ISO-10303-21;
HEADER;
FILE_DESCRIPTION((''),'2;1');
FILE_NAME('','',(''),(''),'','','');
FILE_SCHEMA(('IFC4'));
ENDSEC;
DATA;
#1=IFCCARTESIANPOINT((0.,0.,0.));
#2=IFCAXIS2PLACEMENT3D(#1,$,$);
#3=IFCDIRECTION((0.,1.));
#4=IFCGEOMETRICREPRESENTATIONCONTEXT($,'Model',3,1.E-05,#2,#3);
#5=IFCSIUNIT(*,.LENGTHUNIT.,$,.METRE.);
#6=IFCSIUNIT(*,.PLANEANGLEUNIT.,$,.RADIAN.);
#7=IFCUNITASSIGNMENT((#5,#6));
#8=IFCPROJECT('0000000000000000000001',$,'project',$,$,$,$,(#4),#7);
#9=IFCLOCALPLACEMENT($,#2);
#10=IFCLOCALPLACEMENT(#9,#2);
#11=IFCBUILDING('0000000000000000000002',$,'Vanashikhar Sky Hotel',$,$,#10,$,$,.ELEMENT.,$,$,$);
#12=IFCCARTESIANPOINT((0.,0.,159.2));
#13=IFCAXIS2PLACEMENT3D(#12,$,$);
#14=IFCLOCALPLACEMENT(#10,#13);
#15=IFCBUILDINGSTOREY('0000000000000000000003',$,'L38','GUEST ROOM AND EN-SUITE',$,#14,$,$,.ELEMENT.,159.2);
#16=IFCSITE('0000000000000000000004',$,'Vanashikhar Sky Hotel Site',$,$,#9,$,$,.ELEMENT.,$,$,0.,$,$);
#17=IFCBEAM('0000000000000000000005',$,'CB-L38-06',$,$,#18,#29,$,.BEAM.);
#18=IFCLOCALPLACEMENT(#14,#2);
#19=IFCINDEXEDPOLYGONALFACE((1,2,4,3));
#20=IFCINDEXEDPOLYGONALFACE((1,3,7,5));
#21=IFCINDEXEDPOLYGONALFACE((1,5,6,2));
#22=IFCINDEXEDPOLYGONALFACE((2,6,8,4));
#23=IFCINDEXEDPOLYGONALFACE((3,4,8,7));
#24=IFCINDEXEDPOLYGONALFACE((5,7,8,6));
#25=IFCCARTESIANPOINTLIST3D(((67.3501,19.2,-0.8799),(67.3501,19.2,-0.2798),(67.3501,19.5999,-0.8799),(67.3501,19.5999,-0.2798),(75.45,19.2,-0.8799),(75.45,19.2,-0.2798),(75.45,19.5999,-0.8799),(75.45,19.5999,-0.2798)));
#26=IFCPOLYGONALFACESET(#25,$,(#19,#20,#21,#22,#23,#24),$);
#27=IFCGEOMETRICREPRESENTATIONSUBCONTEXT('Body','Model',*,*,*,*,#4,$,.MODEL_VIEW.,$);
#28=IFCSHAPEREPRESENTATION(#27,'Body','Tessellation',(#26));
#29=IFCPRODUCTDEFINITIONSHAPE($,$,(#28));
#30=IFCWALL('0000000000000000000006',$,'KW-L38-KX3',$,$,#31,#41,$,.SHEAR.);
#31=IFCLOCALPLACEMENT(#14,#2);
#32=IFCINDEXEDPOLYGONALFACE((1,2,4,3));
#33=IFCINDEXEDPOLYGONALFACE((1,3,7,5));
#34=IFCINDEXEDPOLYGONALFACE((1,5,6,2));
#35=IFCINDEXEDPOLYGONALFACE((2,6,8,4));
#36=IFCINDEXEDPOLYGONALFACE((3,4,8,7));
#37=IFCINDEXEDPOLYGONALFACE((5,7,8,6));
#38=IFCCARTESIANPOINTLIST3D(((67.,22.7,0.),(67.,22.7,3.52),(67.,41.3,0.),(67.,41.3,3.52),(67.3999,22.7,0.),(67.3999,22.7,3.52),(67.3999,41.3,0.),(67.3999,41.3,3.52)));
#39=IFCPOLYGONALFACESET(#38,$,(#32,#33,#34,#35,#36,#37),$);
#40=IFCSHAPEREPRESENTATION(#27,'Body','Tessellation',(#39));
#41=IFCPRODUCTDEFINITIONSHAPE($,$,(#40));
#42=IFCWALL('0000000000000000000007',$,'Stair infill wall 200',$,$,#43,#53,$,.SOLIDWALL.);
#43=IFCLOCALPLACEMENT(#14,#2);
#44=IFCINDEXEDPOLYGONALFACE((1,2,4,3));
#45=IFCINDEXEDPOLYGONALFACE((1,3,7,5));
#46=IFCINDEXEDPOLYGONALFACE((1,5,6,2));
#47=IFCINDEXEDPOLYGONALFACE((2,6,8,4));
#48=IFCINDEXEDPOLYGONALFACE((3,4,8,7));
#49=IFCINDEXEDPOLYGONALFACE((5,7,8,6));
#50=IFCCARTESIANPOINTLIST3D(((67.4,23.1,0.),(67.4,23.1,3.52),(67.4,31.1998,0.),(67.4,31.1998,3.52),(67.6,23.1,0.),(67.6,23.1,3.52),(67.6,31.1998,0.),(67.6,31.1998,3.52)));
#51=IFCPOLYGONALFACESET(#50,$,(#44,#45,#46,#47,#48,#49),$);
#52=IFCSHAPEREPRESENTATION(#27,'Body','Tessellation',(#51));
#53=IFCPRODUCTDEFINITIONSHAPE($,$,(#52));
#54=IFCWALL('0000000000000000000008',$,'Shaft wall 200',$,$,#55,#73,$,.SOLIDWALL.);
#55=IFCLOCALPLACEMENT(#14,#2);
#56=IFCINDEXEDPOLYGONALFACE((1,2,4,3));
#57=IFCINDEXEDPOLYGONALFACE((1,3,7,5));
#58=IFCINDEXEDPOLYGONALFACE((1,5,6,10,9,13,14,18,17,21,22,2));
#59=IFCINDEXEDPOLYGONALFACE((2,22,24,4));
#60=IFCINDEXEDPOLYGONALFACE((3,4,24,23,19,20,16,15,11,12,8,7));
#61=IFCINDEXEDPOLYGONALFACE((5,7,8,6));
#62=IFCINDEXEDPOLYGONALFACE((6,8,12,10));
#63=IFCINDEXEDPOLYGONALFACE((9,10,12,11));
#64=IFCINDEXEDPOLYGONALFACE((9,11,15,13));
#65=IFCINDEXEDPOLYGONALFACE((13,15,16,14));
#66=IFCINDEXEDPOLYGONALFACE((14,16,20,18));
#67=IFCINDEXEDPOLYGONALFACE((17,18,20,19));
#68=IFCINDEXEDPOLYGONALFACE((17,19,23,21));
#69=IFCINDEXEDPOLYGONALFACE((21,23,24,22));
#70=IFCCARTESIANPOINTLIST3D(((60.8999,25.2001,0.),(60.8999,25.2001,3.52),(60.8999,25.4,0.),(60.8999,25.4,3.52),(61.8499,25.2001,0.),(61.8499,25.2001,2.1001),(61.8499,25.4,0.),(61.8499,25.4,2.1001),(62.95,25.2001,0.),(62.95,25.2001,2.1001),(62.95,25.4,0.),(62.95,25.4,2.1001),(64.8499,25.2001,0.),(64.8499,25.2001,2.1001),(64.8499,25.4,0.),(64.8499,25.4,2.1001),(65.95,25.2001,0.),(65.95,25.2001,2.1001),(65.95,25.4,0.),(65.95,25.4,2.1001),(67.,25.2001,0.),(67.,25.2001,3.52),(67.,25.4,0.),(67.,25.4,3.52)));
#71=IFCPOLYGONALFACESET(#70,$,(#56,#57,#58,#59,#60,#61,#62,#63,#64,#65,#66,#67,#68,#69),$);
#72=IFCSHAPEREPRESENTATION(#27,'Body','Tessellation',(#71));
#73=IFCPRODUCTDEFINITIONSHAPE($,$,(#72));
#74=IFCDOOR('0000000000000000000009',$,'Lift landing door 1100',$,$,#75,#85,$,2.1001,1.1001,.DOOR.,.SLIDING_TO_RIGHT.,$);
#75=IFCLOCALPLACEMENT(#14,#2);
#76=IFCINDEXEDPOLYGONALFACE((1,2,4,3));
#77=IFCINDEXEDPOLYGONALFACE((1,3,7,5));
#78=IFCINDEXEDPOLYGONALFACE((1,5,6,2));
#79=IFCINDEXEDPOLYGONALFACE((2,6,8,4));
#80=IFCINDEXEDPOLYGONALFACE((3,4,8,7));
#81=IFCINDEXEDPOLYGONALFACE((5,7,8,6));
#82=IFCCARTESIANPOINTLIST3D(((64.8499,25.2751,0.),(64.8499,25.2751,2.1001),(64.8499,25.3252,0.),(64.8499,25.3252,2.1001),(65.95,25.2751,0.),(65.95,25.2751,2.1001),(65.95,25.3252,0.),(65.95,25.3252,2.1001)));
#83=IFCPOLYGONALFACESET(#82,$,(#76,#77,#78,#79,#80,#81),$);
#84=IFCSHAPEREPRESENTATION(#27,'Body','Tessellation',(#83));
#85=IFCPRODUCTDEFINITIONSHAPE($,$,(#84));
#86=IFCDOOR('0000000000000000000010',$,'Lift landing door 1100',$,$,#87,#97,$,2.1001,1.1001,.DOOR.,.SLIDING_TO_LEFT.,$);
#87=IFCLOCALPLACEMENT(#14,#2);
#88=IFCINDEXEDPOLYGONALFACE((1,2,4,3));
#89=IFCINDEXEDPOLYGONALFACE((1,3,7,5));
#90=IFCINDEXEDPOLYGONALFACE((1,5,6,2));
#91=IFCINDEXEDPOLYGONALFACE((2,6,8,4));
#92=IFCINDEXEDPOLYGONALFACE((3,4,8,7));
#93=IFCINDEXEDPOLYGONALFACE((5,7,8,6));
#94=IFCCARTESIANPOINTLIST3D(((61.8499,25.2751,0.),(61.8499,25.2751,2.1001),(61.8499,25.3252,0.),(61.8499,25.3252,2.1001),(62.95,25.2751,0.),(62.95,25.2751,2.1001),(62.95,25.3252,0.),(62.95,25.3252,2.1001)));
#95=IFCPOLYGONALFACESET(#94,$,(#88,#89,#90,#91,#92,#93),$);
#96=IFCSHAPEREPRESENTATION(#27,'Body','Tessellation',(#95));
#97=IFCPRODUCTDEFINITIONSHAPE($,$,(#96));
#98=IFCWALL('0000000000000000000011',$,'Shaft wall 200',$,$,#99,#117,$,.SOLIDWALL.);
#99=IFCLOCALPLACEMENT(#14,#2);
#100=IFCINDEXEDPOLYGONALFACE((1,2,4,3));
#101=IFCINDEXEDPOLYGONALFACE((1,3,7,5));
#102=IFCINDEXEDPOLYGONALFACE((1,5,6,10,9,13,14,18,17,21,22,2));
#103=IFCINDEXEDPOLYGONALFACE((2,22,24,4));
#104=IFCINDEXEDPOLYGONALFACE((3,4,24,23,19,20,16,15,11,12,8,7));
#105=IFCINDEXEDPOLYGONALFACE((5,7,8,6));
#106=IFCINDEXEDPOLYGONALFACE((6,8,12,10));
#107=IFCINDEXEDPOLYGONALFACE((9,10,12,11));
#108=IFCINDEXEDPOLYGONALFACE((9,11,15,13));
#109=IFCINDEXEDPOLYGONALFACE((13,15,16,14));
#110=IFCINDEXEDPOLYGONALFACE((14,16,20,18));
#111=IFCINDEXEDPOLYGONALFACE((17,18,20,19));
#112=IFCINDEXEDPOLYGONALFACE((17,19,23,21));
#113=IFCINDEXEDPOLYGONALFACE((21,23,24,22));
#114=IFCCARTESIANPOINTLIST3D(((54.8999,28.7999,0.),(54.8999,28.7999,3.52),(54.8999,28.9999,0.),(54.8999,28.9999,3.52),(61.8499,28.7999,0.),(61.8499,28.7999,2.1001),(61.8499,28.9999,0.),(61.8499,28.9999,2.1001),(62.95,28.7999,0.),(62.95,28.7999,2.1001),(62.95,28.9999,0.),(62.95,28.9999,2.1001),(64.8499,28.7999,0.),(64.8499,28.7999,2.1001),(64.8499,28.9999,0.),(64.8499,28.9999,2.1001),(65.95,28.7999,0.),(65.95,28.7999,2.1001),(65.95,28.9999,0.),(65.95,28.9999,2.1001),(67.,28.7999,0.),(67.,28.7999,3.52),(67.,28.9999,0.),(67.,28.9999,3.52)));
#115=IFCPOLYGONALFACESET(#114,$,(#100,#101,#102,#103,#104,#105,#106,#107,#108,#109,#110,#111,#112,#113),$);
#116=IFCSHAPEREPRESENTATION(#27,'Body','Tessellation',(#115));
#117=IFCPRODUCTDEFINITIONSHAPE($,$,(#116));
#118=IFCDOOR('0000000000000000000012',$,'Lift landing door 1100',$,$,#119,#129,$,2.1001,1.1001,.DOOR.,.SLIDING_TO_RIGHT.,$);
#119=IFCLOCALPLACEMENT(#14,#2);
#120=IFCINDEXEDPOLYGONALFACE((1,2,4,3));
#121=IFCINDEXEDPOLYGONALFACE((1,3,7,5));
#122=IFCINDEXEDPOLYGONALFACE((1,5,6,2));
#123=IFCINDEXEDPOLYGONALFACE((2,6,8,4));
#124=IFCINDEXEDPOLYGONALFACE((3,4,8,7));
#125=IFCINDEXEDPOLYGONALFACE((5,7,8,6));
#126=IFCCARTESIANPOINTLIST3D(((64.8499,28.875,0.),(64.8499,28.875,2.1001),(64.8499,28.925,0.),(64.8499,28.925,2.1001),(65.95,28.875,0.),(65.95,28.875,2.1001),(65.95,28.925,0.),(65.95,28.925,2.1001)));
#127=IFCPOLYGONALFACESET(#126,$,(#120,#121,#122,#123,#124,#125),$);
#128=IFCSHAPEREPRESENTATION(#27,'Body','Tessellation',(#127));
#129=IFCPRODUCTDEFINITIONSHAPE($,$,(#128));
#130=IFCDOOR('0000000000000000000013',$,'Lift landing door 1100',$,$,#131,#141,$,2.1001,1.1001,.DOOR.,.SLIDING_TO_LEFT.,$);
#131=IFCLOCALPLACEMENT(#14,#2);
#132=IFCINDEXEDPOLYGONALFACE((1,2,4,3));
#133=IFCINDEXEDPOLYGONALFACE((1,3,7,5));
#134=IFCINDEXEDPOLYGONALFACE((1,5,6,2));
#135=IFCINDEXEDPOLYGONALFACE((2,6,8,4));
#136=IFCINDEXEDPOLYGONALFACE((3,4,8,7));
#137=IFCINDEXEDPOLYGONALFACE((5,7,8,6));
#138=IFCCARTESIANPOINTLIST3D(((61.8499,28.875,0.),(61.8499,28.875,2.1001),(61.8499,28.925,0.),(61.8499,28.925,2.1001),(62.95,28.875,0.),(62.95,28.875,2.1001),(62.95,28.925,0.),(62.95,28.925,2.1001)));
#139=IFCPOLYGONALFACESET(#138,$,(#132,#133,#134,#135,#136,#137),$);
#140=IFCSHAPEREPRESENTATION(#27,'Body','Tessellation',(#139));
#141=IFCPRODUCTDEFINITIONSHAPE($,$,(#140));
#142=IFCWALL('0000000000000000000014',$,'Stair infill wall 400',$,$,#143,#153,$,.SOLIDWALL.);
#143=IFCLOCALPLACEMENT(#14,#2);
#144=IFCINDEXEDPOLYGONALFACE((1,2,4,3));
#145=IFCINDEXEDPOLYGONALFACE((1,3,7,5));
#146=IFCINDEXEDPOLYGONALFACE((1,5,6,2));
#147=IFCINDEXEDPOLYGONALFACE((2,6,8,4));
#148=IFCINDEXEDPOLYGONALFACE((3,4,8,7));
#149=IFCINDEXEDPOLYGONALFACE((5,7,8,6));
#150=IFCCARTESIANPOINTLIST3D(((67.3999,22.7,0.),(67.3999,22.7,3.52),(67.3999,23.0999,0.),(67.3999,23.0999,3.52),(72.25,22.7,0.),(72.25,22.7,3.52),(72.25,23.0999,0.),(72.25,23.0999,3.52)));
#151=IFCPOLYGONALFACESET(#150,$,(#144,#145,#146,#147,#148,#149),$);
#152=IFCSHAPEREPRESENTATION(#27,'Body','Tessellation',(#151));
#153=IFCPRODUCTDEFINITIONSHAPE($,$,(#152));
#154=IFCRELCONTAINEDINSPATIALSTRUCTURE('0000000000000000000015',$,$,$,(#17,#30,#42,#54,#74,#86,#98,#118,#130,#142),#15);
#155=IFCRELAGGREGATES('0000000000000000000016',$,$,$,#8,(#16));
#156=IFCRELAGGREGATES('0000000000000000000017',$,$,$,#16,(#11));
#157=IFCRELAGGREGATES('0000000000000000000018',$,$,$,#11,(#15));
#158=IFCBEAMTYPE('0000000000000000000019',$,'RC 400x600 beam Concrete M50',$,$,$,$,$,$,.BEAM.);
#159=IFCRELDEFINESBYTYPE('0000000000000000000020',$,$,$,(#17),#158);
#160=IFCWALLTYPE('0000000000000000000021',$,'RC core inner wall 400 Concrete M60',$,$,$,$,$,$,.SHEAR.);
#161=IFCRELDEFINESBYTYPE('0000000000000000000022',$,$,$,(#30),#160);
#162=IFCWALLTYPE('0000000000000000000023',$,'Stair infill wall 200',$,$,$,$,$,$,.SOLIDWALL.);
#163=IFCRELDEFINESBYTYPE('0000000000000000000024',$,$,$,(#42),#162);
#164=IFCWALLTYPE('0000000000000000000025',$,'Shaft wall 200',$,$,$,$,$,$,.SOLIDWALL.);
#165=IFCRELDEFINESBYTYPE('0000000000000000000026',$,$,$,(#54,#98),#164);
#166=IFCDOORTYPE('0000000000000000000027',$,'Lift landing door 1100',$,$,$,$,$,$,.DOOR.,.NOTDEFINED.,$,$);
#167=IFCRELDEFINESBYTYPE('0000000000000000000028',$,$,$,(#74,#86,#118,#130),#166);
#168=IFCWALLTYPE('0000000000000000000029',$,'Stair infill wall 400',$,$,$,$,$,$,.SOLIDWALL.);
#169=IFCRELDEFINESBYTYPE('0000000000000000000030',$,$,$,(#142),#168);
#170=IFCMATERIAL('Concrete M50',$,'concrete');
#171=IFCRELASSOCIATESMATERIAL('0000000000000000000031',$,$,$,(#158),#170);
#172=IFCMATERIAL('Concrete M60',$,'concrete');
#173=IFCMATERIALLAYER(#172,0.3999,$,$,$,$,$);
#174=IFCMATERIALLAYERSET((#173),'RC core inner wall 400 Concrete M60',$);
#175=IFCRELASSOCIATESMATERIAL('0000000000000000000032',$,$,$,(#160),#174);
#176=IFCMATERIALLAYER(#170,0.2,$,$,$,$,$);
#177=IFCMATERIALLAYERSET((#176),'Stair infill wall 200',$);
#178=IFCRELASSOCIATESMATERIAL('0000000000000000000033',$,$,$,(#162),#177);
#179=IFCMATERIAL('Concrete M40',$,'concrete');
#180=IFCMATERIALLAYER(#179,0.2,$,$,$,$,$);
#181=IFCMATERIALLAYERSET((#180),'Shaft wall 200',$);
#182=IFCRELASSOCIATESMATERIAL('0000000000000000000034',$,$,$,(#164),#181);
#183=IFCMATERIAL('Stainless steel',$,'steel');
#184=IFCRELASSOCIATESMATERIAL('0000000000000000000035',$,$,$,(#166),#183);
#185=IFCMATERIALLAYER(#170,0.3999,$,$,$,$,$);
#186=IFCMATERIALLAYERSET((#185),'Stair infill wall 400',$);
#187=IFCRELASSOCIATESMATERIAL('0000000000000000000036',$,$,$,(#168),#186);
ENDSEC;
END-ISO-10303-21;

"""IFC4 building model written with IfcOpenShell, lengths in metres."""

from ifc_helpers import new_model, si_unit, direction, frame, frame_2d, origin, origin_2d, place, context, subcontext, project, spatial, rectangle, extrude, source, transform, mapped, material, layer, layer_set, material_profile, profile_set, type_object, element, fill, save


model = new_model("IFC4")

# Units and contexts
model_context = context("Model", 3, precision=1e-05, world=origin(), true_north=direction((0.0, 1.0)))
body_context = subcontext(model_context, "Body", "Model", "MODEL_VIEW")
ifc_project = project(units=[si_unit("LENGTHUNIT", "METRE"), si_unit("PLANEANGLEUNIT", "RADIAN")], contexts=[model_context])

# Site, building, storey
site_placement = place(None, origin())
site = spatial("IfcSite", under=ifc_project, at=site_placement, Name="Vanashikhar Sky Hotel Site", CompositionType="ELEMENT", RefElevation=0.0)
building_placement = place(site_placement, origin())
building = spatial("IfcBuilding", under=site, at=building_placement, Name="Vanashikhar Sky Hotel", CompositionType="ELEMENT")
storey_placement = place(building_placement, frame((0.0, 0.0, 159.2)))
storey = spatial("IfcBuildingStorey", under=building, at=storey_placement, Name="L38", Description="GUEST ROOM AND EN-SUITE", CompositionType="ELEMENT", Elevation=159.2)

# Beam
ifc_material_1 = material(Name="Concrete M50", Category="concrete")
ifc_material_profile = material_profile(ifc_material_1, rectangle(XDim=0.3999, YDim=0.6001, at=origin_2d()))
ifc_profile_set = profile_set([ifc_material_profile], Name="RC 400x600 beam Concrete M50")
beam_type = type_object("IfcBeamType", Name="RC 400x600 beam Concrete M50", PredefinedType="BEAM", material=ifc_profile_set)
shared_shape_1 = source(origin(), body_context, "Body", "SweptSolid", [
    extrude(rectangle(XDim=0.3999, YDim=0.6001, at=origin_2d()), origin(), (0.0, 0.0, 1.0), 8.0999),
])
beam_placement = place(storey_placement, frame((67.3501, 19.3999, -0.5798), z_axis=(1.0, 0.0, 0.0), x_axis=(0.0, 1.0, 0.0)))
element("IfcBeam", 1, at=beam_placement, inside=storey, type_object=beam_type, Name="CB-L38-06", PredefinedType="BEAM", context=body_context, shape_type="MappedRepresentation", body=[
    mapped(shared_shape_1, transform((0.0, 0.0, 0.0), scale=1.0)),
])

# Walls
ifc_material_2 = material(Name="Concrete M60", Category="concrete")
ifc_layer_1 = layer(ifc_material_2, 0.3999)
ifc_layer_set_1 = layer_set([ifc_layer_1], Name="RC core inner wall 400 Concrete M60")
wall_type_1 = type_object("IfcWallType", Name="RC core inner wall 400 Concrete M60", PredefinedType="SHEAR", material=ifc_layer_set_1)
shared_shape_2 = source(origin(), body_context, "Body", "SweptSolid", [
    extrude(rectangle(XDim=18.6001, YDim=0.3999, at=frame_2d((9.3, 0.0))), origin(), (0.0, 0.0, 1.0), 3.52),
])
wall_1_placement = place(storey_placement, frame((67.2, 22.7, 0.0), z_axis=(0.0, 0.0, 1.0), x_axis=(0.0, 1.0, 0.0)))
element("IfcWall", 2, at=wall_1_placement, inside=storey, type_object=wall_type_1, Name="KW-L38-KX3", PredefinedType="SHEAR", context=body_context, shape_type="MappedRepresentation", body=[
    mapped(shared_shape_2, transform((0.0, 0.0, 0.0), scale=1.0)),
])
ifc_layer_2 = layer(ifc_material_1, 0.2)
ifc_layer_set_2 = layer_set([ifc_layer_2], Name="Stair infill wall 200")
wall_type_2 = type_object("IfcWallType", Name="Stair infill wall 200", PredefinedType="SOLIDWALL", material=ifc_layer_set_2)
shared_shape_3 = source(origin(), body_context, "Body", "SweptSolid", [
    extrude(rectangle(XDim=8.0999, YDim=0.2, at=frame_2d((4.0498, 0.0))), origin(), (0.0, 0.0, 1.0), 3.52),
])
wall_2_placement = place(storey_placement, frame((67.5, 23.1001, 0.0), z_axis=(0.0, 0.0, 1.0), x_axis=(0.0, 1.0, 0.0)))
element("IfcWall", 3, at=wall_2_placement, inside=storey, type_object=wall_type_2, Name="Stair infill wall 200", PredefinedType="SOLIDWALL", context=body_context, shape_type="MappedRepresentation", body=[
    mapped(shared_shape_3, transform((0.0, 0.0, 0.0), scale=1.0)),
])

# Walls, openings, doors
ifc_material_3 = material(Name="Concrete M40", Category="concrete")
ifc_layer_3 = layer(ifc_material_3, 0.2)
ifc_layer_set_3 = layer_set([ifc_layer_3], Name="Shaft wall 200")
wall_type_3 = type_object("IfcWallType", Name="Shaft wall 200", PredefinedType="SOLIDWALL", material=ifc_layer_set_3)
shared_shape_4 = source(origin(), body_context, "Body", "SweptSolid", [
    extrude(rectangle(XDim=6.1001, YDim=0.2, at=frame_2d((3.05, 0.0))), origin(), (0.0, 0.0, 1.0), 3.52),
])
wall_3_placement = place(storey_placement, frame((67.0, 25.3, 0.0), z_axis=(0.0, 0.0, 1.0), x_axis=(-1.0, 0.0, 0.0)))
wall_3 = element("IfcWall", 4, at=wall_3_placement, inside=storey, type_object=wall_type_3, Name="Shaft wall 200", PredefinedType="SOLIDWALL", context=body_context, shape_type="MappedRepresentation", body=[
    mapped(shared_shape_4, transform((0.0, 0.0, 0.0), scale=1.0)),
])
shared_shape_5 = source(origin(), body_context, "Body", "SweptSolid", [
    extrude(rectangle(XDim=1.1001, YDim=2.1001, at=frame_2d((0.55, 1.05))), frame((0.0, 0.1099, 0.0), z_axis=(0.0, -1.0, 0.0), x_axis=(1.0, 0.0, 0.0)), (0.0, 0.0, 1.0), 0.22),
])
opening_1_placement = place(wall_3_placement, frame((1.05, 0.0, 0.0)))
opening_1 = element("IfcOpeningElement", 5, at=opening_1_placement, cuts=wall_3, PredefinedType="OPENING", context=body_context, shape_type="MappedRepresentation", body=[
    mapped(shared_shape_5, transform((0.0, 0.0, 0.0), scale=1.0)),
])
opening_2_placement = place(wall_3_placement, frame((4.05, 0.0, 0.0)))
opening_2 = element("IfcOpeningElement", 6, at=opening_2_placement, cuts=wall_3, PredefinedType="OPENING", context=body_context, shape_type="MappedRepresentation", body=[
    mapped(shared_shape_5, transform((0.0, 0.0, 0.0), scale=1.0)),
])
ifc_material_4 = material(Name="Stainless steel", Category="steel")
door_type_1 = type_object("IfcDoorType", Name="Lift landing door 1100", OperationType="NOTDEFINED", PredefinedType="DOOR", material=ifc_material_4)
shared_shape_6 = source(origin(), body_context, "Body", "SweptSolid", [
    extrude(rectangle(XDim=1.1001, YDim=2.1001, at=frame_2d((0.55, 1.05))), frame((0.0, 0.0249, 0.0), z_axis=(0.0, -1.0, 0.0), x_axis=(1.0, 0.0, 0.0)), (0.0, 0.0, 1.0), 0.05),
])
door_1_placement = place(opening_1_placement, origin())
door_1 = element("IfcDoor", 7, at=door_1_placement, inside=storey, type_object=door_type_1, Name="Lift landing door 1100", OperationType="SLIDING_TO_RIGHT", OverallHeight=2.1001, OverallWidth=1.1001, PredefinedType="DOOR", context=body_context, shape_type="MappedRepresentation", body=[
    mapped(shared_shape_6, transform((0.0, 0.0, 0.0), scale=1.0)),
])
fill(opening_1, door_1)
door_2_placement = place(opening_2_placement, origin())
door_2 = element("IfcDoor", 8, at=door_2_placement, inside=storey, type_object=door_type_1, Name="Lift landing door 1100", OperationType="SLIDING_TO_LEFT", OverallHeight=2.1001, OverallWidth=1.1001, PredefinedType="DOOR", context=body_context, shape_type="MappedRepresentation", body=[
    mapped(shared_shape_6, transform((0.0, 0.0, 0.0), scale=1.0)),
])
fill(opening_2, door_2)
shared_shape_7 = source(origin(), body_context, "Body", "SweptSolid", [
    extrude(rectangle(XDim=12.1001, YDim=0.2, at=frame_2d((6.05, 0.0))), origin(), (0.0, 0.0, 1.0), 3.52),
])
wall_4_placement = place(storey_placement, frame((67.0, 28.8999, 0.0), z_axis=(0.0, 0.0, 1.0), x_axis=(-1.0, 0.0, 0.0)))
wall_4 = element("IfcWall", 9, at=wall_4_placement, inside=storey, type_object=wall_type_3, Name="Shaft wall 200", PredefinedType="SOLIDWALL", context=body_context, shape_type="MappedRepresentation", body=[
    mapped(shared_shape_7, transform((0.0, 0.0, 0.0), scale=1.0)),
])
opening_3_placement = place(wall_4_placement, frame((1.05, 0.0, 0.0)))
opening_3 = element("IfcOpeningElement", 10, at=opening_3_placement, cuts=wall_4, PredefinedType="OPENING", context=body_context, shape_type="MappedRepresentation", body=[
    mapped(shared_shape_5, transform((0.0, 0.0, 0.0), scale=1.0)),
])
opening_4_placement = place(wall_4_placement, frame((4.05, 0.0, 0.0)))
opening_4 = element("IfcOpeningElement", 11, at=opening_4_placement, cuts=wall_4, PredefinedType="OPENING", context=body_context, shape_type="MappedRepresentation", body=[
    mapped(shared_shape_5, transform((0.0, 0.0, 0.0), scale=1.0)),
])
door_3_placement = place(opening_3_placement, origin())
door_3 = element("IfcDoor", 12, at=door_3_placement, inside=storey, type_object=door_type_1, Name="Lift landing door 1100", OperationType="SLIDING_TO_RIGHT", OverallHeight=2.1001, OverallWidth=1.1001, PredefinedType="DOOR", context=body_context, shape_type="MappedRepresentation", body=[
    mapped(shared_shape_6, transform((0.0, 0.0, 0.0), scale=1.0)),
])
fill(opening_3, door_3)
door_4_placement = place(opening_4_placement, origin())
door_4 = element("IfcDoor", 13, at=door_4_placement, inside=storey, type_object=door_type_1, Name="Lift landing door 1100", OperationType="SLIDING_TO_LEFT", OverallHeight=2.1001, OverallWidth=1.1001, PredefinedType="DOOR", context=body_context, shape_type="MappedRepresentation", body=[
    mapped(shared_shape_6, transform((0.0, 0.0, 0.0), scale=1.0)),
])
fill(opening_4, door_4)

# Wall
ifc_layer_4 = layer(ifc_material_1, 0.3999)
ifc_layer_set_4 = layer_set([ifc_layer_4], Name="Stair infill wall 400")
wall_type_4 = type_object("IfcWallType", Name="Stair infill wall 400", PredefinedType="SOLIDWALL", material=ifc_layer_set_4)
shared_shape_8 = source(origin(), body_context, "Body", "SweptSolid", [
    extrude(rectangle(XDim=4.8501, YDim=0.3999, at=frame_2d((2.425, 0.0))), origin(), (0.0, 0.0, 1.0), 3.52),
])
wall_5_placement = place(storey_placement, frame((67.3999, 22.8999, 0.0), z_axis=(0.0, 0.0, 1.0), x_axis=(1.0, 0.0, 0.0)))
element("IfcWall", 14, at=wall_5_placement, inside=storey, type_object=wall_type_4, Name="Stair infill wall 400", PredefinedType="SOLIDWALL", context=body_context, shape_type="MappedRepresentation", body=[
    mapped(shared_shape_8, transform((0.0, 0.0, 0.0), scale=1.0)),
])

save(model, "model.ifc")
